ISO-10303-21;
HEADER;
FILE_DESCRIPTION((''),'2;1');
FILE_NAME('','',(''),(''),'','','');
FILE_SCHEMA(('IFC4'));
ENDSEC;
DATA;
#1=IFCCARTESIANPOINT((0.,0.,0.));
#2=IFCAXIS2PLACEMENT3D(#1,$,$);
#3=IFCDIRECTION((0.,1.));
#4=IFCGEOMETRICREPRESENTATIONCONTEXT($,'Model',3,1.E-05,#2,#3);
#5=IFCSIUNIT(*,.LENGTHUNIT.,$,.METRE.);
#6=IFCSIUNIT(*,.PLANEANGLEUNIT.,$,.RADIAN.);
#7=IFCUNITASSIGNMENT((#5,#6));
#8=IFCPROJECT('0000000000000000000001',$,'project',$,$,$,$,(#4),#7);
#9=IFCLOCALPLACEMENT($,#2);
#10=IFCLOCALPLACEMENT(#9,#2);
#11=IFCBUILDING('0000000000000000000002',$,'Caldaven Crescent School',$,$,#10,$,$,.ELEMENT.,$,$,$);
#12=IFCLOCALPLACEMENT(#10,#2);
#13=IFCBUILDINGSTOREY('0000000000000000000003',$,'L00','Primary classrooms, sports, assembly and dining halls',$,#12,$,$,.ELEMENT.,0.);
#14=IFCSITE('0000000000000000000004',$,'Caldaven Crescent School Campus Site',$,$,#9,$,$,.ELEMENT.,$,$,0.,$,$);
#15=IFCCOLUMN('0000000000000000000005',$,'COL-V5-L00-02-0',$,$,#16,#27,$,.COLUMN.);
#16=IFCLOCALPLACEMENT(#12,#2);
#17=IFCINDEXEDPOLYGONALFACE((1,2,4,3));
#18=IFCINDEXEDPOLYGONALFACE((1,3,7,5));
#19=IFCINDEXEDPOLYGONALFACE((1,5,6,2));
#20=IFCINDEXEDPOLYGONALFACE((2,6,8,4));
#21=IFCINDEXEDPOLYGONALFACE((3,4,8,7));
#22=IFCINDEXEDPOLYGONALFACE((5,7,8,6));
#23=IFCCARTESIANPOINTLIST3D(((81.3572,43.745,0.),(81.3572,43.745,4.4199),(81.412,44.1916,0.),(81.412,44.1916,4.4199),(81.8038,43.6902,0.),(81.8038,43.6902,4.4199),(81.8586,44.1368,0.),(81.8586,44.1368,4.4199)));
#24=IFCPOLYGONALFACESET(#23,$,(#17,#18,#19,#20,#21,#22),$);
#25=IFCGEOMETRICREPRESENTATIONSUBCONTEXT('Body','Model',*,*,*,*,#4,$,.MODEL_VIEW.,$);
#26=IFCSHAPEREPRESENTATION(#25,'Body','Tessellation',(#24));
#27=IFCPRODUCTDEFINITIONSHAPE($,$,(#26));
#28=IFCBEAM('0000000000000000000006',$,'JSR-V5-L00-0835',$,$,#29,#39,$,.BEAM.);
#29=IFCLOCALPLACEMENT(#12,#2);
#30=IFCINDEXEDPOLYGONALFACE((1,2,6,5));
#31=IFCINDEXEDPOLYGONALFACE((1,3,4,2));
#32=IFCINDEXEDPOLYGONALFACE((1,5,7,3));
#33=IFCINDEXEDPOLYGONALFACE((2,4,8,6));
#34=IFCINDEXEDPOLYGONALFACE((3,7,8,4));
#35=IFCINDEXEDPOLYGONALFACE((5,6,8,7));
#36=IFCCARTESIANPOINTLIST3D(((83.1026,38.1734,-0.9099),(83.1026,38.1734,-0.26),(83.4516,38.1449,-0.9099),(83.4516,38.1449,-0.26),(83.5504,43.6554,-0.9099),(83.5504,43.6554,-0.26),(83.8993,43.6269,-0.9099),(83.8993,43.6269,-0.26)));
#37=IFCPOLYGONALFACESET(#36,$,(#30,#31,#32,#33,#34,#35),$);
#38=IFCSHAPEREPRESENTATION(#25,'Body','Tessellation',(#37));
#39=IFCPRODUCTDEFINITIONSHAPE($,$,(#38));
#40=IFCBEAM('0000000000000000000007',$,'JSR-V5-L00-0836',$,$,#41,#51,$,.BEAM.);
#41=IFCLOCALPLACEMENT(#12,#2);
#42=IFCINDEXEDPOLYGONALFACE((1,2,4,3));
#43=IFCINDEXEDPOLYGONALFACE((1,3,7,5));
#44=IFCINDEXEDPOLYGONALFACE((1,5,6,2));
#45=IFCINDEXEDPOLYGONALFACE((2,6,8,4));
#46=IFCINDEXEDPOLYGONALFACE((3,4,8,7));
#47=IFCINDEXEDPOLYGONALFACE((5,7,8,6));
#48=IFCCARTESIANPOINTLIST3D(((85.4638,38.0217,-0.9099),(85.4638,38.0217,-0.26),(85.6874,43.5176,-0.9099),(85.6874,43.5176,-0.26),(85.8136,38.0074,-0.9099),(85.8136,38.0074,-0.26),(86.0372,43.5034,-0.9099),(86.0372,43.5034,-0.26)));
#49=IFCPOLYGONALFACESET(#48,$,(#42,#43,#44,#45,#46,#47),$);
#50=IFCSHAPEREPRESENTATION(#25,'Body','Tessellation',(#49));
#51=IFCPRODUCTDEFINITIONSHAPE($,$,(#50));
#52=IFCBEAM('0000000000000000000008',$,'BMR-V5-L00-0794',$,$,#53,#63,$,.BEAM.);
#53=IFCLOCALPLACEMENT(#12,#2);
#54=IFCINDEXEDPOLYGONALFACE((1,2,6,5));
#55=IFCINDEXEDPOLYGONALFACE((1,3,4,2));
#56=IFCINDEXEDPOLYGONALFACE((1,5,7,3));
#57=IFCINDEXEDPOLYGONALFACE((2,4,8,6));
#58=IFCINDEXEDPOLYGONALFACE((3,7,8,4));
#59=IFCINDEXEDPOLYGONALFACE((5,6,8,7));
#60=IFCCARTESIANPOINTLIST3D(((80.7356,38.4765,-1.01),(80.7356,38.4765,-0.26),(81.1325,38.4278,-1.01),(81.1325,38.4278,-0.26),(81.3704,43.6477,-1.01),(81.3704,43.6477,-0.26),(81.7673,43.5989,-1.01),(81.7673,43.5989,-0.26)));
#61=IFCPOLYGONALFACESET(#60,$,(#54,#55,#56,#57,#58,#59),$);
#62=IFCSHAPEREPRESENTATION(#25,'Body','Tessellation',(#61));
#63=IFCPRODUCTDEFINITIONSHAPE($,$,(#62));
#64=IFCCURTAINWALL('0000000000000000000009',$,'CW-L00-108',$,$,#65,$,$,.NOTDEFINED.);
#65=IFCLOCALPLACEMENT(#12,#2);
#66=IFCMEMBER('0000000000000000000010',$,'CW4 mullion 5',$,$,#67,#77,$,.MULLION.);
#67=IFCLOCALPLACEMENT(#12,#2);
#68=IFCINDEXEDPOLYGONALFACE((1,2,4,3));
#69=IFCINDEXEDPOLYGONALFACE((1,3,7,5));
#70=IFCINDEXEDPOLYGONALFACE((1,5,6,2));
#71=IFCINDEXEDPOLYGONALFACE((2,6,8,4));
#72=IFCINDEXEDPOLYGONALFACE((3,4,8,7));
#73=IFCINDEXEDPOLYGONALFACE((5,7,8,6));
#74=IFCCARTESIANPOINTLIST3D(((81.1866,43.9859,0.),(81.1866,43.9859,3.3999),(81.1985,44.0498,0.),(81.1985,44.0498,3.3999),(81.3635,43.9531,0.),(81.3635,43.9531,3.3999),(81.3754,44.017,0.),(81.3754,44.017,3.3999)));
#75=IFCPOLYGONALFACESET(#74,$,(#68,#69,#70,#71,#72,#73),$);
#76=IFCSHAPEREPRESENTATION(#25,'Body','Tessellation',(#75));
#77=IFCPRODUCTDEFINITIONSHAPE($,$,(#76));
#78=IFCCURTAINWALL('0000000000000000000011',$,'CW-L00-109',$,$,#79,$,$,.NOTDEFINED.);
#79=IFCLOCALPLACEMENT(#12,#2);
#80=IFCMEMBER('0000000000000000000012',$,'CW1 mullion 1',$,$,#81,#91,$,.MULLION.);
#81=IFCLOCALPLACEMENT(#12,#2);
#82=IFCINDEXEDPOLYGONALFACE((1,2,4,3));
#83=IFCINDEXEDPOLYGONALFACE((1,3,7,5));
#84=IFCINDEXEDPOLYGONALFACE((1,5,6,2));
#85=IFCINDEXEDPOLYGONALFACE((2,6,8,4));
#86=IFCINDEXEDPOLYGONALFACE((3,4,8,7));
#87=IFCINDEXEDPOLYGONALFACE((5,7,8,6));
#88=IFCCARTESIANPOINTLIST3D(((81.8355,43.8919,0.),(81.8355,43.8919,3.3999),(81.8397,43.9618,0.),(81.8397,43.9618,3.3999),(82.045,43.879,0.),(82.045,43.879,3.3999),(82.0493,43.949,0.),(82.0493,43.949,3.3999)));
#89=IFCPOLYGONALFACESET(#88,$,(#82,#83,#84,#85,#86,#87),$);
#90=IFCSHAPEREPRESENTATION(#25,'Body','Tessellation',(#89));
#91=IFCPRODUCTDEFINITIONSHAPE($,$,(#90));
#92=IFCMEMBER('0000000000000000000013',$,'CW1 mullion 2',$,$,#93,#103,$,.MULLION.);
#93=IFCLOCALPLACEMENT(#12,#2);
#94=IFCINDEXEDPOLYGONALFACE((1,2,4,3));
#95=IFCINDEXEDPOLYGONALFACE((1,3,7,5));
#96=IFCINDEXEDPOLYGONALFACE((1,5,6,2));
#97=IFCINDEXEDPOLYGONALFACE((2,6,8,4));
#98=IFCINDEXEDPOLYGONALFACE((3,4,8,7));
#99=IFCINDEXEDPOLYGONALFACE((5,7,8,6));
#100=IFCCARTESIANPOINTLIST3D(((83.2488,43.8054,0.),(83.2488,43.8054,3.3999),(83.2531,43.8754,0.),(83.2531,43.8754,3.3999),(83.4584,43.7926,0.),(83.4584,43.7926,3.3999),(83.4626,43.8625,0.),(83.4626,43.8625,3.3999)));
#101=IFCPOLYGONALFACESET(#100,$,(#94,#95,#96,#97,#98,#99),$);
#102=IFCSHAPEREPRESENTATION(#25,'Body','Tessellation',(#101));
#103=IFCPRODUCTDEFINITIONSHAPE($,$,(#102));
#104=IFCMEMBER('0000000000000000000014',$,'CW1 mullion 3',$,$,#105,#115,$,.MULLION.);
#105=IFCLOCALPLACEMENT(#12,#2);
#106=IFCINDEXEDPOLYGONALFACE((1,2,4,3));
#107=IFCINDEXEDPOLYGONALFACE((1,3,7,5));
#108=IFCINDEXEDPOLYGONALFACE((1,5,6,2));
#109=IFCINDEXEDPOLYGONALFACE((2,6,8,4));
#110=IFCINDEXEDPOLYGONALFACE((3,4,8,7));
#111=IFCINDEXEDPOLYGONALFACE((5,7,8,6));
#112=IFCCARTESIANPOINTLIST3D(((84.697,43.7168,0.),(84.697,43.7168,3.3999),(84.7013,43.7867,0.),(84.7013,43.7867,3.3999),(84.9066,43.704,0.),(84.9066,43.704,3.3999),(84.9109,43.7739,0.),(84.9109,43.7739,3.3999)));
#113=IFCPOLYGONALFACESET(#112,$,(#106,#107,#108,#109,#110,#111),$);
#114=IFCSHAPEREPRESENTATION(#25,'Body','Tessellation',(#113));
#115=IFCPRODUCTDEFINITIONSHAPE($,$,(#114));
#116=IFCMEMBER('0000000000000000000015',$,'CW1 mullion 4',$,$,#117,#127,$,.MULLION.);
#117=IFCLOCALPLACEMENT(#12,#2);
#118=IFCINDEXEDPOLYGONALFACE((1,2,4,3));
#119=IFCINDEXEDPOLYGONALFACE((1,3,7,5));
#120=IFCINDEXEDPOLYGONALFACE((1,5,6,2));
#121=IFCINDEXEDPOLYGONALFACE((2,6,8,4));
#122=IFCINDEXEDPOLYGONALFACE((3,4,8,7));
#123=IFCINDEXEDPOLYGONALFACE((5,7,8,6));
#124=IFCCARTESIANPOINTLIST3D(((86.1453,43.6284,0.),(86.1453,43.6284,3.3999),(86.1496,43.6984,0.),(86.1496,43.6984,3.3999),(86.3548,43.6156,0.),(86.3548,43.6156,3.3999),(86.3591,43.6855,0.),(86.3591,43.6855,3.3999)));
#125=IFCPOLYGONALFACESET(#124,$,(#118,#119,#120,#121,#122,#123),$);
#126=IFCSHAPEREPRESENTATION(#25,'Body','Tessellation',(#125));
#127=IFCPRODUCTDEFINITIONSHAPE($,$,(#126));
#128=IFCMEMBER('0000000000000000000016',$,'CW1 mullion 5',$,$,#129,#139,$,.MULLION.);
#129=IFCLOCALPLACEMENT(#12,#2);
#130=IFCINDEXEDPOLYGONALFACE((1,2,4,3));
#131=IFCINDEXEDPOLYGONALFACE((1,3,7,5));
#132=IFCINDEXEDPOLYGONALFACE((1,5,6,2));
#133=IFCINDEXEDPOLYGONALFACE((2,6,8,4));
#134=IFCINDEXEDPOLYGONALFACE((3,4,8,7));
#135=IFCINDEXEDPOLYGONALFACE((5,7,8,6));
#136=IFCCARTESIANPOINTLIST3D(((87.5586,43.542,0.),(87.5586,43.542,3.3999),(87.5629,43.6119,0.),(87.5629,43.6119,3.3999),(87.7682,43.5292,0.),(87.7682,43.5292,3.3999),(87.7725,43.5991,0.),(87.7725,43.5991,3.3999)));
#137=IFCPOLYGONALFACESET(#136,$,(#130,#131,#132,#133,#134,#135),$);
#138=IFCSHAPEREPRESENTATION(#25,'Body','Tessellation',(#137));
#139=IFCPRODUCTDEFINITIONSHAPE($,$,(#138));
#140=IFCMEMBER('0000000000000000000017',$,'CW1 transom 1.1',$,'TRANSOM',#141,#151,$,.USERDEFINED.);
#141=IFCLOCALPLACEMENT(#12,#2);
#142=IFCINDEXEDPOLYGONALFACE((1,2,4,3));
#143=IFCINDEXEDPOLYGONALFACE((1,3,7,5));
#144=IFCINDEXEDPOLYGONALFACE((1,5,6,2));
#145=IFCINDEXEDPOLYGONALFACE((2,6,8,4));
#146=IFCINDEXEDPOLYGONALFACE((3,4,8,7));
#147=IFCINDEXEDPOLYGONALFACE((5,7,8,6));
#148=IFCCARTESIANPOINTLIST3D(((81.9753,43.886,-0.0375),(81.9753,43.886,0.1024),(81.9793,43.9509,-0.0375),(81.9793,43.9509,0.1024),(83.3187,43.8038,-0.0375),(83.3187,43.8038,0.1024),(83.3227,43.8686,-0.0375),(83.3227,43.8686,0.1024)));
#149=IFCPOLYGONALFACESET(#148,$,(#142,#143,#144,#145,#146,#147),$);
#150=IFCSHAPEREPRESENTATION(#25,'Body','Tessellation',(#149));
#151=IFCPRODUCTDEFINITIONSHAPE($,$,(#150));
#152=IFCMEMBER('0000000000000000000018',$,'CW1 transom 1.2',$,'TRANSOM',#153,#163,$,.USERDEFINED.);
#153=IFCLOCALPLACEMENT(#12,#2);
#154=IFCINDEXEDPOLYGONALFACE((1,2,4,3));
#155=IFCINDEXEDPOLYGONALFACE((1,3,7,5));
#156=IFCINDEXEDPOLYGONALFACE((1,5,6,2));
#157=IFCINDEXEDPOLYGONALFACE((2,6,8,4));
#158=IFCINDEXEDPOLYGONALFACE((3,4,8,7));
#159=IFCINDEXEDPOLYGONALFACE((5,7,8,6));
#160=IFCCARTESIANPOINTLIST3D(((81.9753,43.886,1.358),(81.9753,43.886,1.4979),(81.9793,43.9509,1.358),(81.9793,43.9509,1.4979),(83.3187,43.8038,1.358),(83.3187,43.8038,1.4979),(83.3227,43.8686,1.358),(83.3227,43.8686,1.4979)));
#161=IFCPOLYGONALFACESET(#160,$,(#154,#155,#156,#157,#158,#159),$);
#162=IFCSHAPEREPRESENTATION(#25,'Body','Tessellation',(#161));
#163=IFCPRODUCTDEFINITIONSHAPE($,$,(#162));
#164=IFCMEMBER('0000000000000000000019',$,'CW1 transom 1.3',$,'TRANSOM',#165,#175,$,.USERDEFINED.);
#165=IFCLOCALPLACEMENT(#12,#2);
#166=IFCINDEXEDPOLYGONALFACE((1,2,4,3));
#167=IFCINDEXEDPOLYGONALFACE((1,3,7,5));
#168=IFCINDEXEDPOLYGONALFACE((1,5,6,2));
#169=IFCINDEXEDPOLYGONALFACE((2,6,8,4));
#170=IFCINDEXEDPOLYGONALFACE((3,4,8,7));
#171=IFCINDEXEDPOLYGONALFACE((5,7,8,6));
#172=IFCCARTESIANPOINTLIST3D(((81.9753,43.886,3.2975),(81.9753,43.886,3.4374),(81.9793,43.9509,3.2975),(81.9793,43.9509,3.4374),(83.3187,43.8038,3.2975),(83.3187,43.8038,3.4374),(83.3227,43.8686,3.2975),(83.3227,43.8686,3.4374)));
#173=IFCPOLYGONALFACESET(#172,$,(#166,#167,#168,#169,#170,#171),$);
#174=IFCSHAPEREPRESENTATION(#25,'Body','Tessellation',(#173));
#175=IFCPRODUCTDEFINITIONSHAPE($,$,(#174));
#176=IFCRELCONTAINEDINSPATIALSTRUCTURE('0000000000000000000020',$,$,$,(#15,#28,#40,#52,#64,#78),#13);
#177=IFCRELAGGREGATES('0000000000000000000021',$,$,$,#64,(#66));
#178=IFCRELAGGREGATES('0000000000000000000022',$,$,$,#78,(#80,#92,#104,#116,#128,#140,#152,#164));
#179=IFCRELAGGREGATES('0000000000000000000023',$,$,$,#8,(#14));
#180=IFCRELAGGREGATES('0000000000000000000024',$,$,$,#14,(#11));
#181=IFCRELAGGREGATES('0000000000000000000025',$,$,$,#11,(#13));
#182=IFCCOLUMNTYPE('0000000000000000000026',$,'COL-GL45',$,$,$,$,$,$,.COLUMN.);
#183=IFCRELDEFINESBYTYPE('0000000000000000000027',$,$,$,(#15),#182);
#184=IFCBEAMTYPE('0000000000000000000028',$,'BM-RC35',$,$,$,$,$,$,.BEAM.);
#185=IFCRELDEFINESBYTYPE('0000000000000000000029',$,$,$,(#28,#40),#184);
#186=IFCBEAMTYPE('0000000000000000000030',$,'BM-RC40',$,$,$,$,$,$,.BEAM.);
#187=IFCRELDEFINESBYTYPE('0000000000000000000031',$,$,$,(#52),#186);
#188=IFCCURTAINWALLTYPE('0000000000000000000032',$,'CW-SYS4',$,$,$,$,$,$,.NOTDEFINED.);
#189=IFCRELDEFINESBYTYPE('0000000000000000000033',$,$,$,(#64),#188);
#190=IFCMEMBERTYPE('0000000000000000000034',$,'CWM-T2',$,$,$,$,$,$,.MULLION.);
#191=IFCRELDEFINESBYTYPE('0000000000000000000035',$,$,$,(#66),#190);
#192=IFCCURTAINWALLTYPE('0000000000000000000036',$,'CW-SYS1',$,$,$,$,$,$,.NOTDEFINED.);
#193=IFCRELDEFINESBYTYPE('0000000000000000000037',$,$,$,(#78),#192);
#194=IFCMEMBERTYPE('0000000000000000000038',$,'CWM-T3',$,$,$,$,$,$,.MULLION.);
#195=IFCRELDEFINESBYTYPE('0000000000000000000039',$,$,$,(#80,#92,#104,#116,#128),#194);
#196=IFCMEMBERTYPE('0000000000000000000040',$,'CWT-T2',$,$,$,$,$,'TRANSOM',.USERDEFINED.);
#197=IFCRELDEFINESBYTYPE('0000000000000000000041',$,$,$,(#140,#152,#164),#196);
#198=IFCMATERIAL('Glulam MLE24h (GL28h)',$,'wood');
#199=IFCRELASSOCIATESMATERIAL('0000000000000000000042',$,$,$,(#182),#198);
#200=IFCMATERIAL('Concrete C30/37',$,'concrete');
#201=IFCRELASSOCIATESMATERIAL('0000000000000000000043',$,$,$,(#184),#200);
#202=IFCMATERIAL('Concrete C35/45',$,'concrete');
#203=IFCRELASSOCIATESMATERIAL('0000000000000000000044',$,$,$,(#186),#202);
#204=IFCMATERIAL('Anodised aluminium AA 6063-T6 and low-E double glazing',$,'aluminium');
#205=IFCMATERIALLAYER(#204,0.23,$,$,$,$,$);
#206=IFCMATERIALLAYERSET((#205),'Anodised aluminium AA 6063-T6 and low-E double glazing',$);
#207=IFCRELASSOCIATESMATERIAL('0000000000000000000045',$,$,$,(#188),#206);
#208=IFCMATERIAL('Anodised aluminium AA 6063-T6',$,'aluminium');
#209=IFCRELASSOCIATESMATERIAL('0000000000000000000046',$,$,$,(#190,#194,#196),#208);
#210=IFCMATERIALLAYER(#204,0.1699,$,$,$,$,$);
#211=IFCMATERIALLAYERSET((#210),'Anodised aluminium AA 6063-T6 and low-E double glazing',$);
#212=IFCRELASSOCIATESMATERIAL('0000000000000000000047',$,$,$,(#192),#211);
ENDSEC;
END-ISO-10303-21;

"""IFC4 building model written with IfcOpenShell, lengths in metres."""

from ifc_helpers import new_model, si_unit, direction, frame, origin, origin_2d, place, context, subcontext, project, spatial, rectangle, extrude, material, layer, layer_set, material_profile, profile_set, type_object, element, aggregate, save


model = new_model("IFC4")

# Units and contexts
model_context = context("Model", 3, precision=1e-05, world=origin(), true_north=direction((0.0, 1.0)))
body_context = subcontext(model_context, "Body", "Model", "MODEL_VIEW")
ifc_project = project(units=[si_unit("LENGTHUNIT", "METRE"), si_unit("PLANEANGLEUNIT", "RADIAN")], contexts=[model_context])

# Site, building, storey
site_placement = place(None, origin())
site = spatial("IfcSite", under=ifc_project, at=site_placement, Name="Caldaven Crescent School Campus Site", CompositionType="ELEMENT", RefElevation=0.0)
building_placement = place(site_placement, origin())
building = spatial("IfcBuilding", under=site, at=building_placement, Name="Caldaven Crescent School", CompositionType="ELEMENT")
storey_placement = place(building_placement, origin())
storey = spatial("IfcBuildingStorey", under=building, at=storey_placement, Name="L00", Description="Primary classrooms, sports, assembly and dining halls", CompositionType="ELEMENT", Elevation=0.0)

# Column
ifc_material_1 = material(Name="Glulam MLE24h (GL28h)", Category="wood")
ifc_material_profile_1 = material_profile(ifc_material_1, rectangle(XDim=0.45, YDim=0.45, at=origin_2d()), Name="MLE 450x450")
ifc_profile_set_1 = profile_set([ifc_material_profile_1], Name="Glulam MLE24h (GL28h)")
column_type = type_object("IfcColumnType", Name="COL-GL45", PredefinedType="COLUMN", material=ifc_profile_set_1)
column_placement = place(storey_placement, frame((81.6079, 43.9409, 0.0), z_axis=(0.0, 0.0, 1.0), x_axis=(-0.121869, -0.992546, 0.0)))
element("IfcColumn", 1, at=column_placement, inside=storey, type_object=column_type, Name="COL-V5-L00-02-0", PredefinedType="COLUMN", context=body_context, shape_type="SweptSolid", body=[
    extrude(rectangle(XDim=0.45, YDim=0.45, at=origin_2d()), origin(), (0.0, 0.0, 1.0), 4.4199),
])

# Beams
ifc_material_2 = material(Name="Concrete C30/37", Category="concrete")
ifc_material_profile_2 = material_profile(ifc_material_2, rectangle(XDim=0.3501, YDim=0.6499, at=origin_2d()), Name="RC 350x650")
ifc_profile_set_2 = profile_set([ifc_material_profile_2], Name="Concrete C30/37")
beam_type_1 = type_object("IfcBeamType", Name="BM-RC35", PredefinedType="BEAM", material=ifc_profile_set_2)
beam_1_placement = place(storey_placement, frame((83.7249, 43.6411, -0.585), z_axis=(-0.081407, -0.996681, 0.0), x_axis=(0.996681, -0.081407, 0.0)))
element("IfcBeam", 2, at=beam_1_placement, inside=storey, type_object=beam_type_1, Name="JSR-V5-L00-0835", PredefinedType="BEAM", context=body_context, shape_type="SweptSolid", body=[
    extrude(rectangle(XDim=0.3501, YDim=0.6499, at=origin_2d()), origin(), (0.0, 0.0, 1.0), 5.5002),
])
beam_2_placement = place(storey_placement, frame((85.8623, 43.5105, -0.585), z_axis=(-0.040658, -0.999173, 0.0), x_axis=(0.999173, -0.040658, 0.0)))
element("IfcBeam", 3, at=beam_2_placement, inside=storey, type_object=beam_type_1, Name="JSR-V5-L00-0836", PredefinedType="BEAM", context=body_context, shape_type="SweptSolid", body=[
    extrude(rectangle(XDim=0.3501, YDim=0.6499, at=origin_2d()), origin(), (0.0, 0.0, 1.0), 5.5005),
])
ifc_material_3 = material(Name="Concrete C35/45", Category="concrete")
ifc_material_profile_3 = material_profile(ifc_material_3, rectangle(XDim=0.3999, YDim=0.75, at=origin_2d()), Name="RC 400x750")
ifc_profile_set_3 = profile_set([ifc_material_profile_3], Name="Concrete C35/45")
beam_type_2 = type_object("IfcBeamType", Name="BM-RC40", PredefinedType="BEAM", material=ifc_profile_set_3)
beam_3_placement = place(storey_placement, frame((81.5688, 43.6233, -0.635), z_axis=(-0.121837, -0.99255, 0.0), x_axis=(0.99255, -0.121837, 0.0)))
element("IfcBeam", 4, at=beam_3_placement, inside=storey, type_object=beam_type_2, Name="BMR-V5-L00-0794", PredefinedType="BEAM", context=body_context, shape_type="SweptSolid", body=[
    extrude(rectangle(XDim=0.3999, YDim=0.75, at=origin_2d()), origin(), (0.0, 0.0, 1.0), 5.21),
])

# Curtain wall, member
ifc_material_4 = material(Name="Anodised aluminium AA 6063-T6 and low-E double glazing", Category="aluminium")
ifc_layer_1 = layer(ifc_material_4, 0.23)
ifc_layer_set_1 = layer_set([ifc_layer_1], Name="Anodised aluminium AA 6063-T6 and low-E double glazing")
curtain_wall_type_1 = type_object("IfcCurtainWallType", Name="CW-SYS4", PredefinedType="NOTDEFINED", material=ifc_layer_set_1)
curtain_wall_1_placement = place(storey_placement, origin())
curtain_wall_1 = element("IfcCurtainWall", 5, at=curtain_wall_1_placement, inside=storey, type_object=curtain_wall_type_1, Name="CW-L00-108", PredefinedType="NOTDEFINED")
ifc_material_5 = material(Name="Anodised aluminium AA 6063-T6", Category="aluminium")
ifc_material_profile_4 = material_profile(ifc_material_5, rectangle(XDim=0.0649, YDim=0.1799, at=origin_2d()), Name="CWM 65x180")
ifc_profile_set_4 = profile_set([ifc_material_profile_4], Name="Anodised aluminium AA 6063-T6")
member_type_1 = type_object("IfcMemberType", Name="CWM-T2", PredefinedType="MULLION", material=ifc_profile_set_4)
member_1_placement = place(storey_placement, frame((81.281, 44.0015, 0.0), z_axis=(0.0, 0.0, 1.0), x_axis=(0.182236, 0.983255, 0.0)))
member_1 = element("IfcMember", 6, at=member_1_placement, type_object=member_type_1, Name="CW4 mullion 5", PredefinedType="MULLION", context=body_context, shape_type="SweptSolid", body=[
    extrude(rectangle(XDim=0.0649, YDim=0.1799, at=origin_2d()), origin(), (0.0, 0.0, 1.0), 3.3999),
])

# Curtain wall, members
ifc_layer_2 = layer(ifc_material_4, 0.1699)
ifc_layer_set_2 = layer_set([ifc_layer_2], Name="Anodised aluminium AA 6063-T6 and low-E double glazing")
curtain_wall_type_2 = type_object("IfcCurtainWallType", Name="CW-SYS1", PredefinedType="NOTDEFINED", material=ifc_layer_set_2)
curtain_wall_2_placement = place(storey_placement, origin())
curtain_wall_2 = element("IfcCurtainWall", 7, at=curtain_wall_2_placement, inside=storey, type_object=curtain_wall_type_2, Name="CW-L00-109", PredefinedType="NOTDEFINED")
ifc_material_profile_5 = material_profile(ifc_material_5, rectangle(XDim=0.0701, YDim=0.21, at=origin_2d()), Name="CWM 70x210")
ifc_profile_set_5 = profile_set([ifc_material_profile_5], Name="Anodised aluminium AA 6063-T6")
member_type_2 = type_object("IfcMemberType", Name="CWM-T3", PredefinedType="MULLION", material=ifc_profile_set_5)
member_2_placement = place(storey_placement, frame((81.9424, 43.9204, 0.0), z_axis=(0.0, 0.0, 1.0), x_axis=(0.061049, 0.998135, 0.0)))
member_2 = element("IfcMember", 8, at=member_2_placement, type_object=member_type_2, Name="CW1 mullion 1", PredefinedType="MULLION", context=body_context, shape_type="SweptSolid", body=[
    extrude(rectangle(XDim=0.0701, YDim=0.21, at=origin_2d()), origin(), (0.0, 0.0, 1.0), 3.3999),
])
member_3_placement = place(storey_placement, frame((83.3557, 43.834, 0.0), z_axis=(0.0, 0.0, 1.0), x_axis=(0.061049, 0.998135, 0.0)))
member_3 = element("IfcMember", 9, at=member_3_placement, type_object=member_type_2, Name="CW1 mullion 2", PredefinedType="MULLION", context=body_context, shape_type="SweptSolid", body=[
    extrude(rectangle(XDim=0.0701, YDim=0.21, at=origin_2d()), origin(), (0.0, 0.0, 1.0), 3.3999),
])
member_4_placement = place(storey_placement, frame((84.804, 43.7454, 0.0), z_axis=(0.0, 0.0, 1.0), x_axis=(0.061049, 0.998135, 0.0)))
member_4 = element("IfcMember", 10, at=member_4_placement, type_object=member_type_2, Name="CW1 mullion 3", PredefinedType="MULLION", context=body_context, shape_type="SweptSolid", body=[
    extrude(rectangle(XDim=0.0701, YDim=0.21, at=origin_2d()), origin(), (0.0, 0.0, 1.0), 3.3999),
])
member_5_placement = place(storey_placement, frame((86.2522, 43.657, 0.0), z_axis=(0.0, 0.0, 1.0), x_axis=(0.061049, 0.998135, 0.0)))
member_5 = element("IfcMember", 11, at=member_5_placement, type_object=member_type_2, Name="CW1 mullion 4", PredefinedType="MULLION", context=body_context, shape_type="SweptSolid", body=[
    extrude(rectangle(XDim=0.0701, YDim=0.21, at=origin_2d()), origin(), (0.0, 0.0, 1.0), 3.3999),
])
member_6_placement = place(storey_placement, frame((87.6655, 43.5706, 0.0), z_axis=(0.0, 0.0, 1.0), x_axis=(0.061049, 0.998135, 0.0)))
member_6 = element("IfcMember", 12, at=member_6_placement, type_object=member_type_2, Name="CW1 mullion 5", PredefinedType="MULLION", context=body_context, shape_type="SweptSolid", body=[
    extrude(rectangle(XDim=0.0701, YDim=0.21, at=origin_2d()), origin(), (0.0, 0.0, 1.0), 3.3999),
])
ifc_material_profile_6 = material_profile(ifc_material_5, rectangle(XDim=0.0649, YDim=0.1399, at=origin_2d()), Name="CWT 65x140")
ifc_profile_set_6 = profile_set([ifc_material_profile_6], Name="Anodised aluminium AA 6063-T6")
member_type_3 = type_object("IfcMemberType", Name="CWT-T2", ElementType="TRANSOM", PredefinedType="USERDEFINED", material=ifc_profile_set_6)
member_7_placement = place(storey_placement, frame((81.9773, 43.9185, 0.0325), z_axis=(0.99813, -0.061125, 0.0), x_axis=(0.061125, 0.99813, 0.0)))
member_7 = element("IfcMember", 13, at=member_7_placement, type_object=member_type_3, Name="CW1 transom 1.1", ObjectType="TRANSOM", PredefinedType="USERDEFINED", context=body_context, shape_type="SweptSolid", body=[
    extrude(rectangle(XDim=0.0649, YDim=0.1399, at=origin_2d()), origin(), (0.0, 0.0, 1.0), 1.3459),
])
member_8_placement = place(storey_placement, frame((81.9773, 43.9185, 1.428), z_axis=(0.99813, -0.061125, 0.0), x_axis=(0.061125, 0.99813, 0.0)))
member_8 = element("IfcMember", 14, at=member_8_placement, type_object=member_type_3, Name="CW1 transom 1.2", ObjectType="TRANSOM", PredefinedType="USERDEFINED", context=body_context, shape_type="SweptSolid", body=[
    extrude(rectangle(XDim=0.0649, YDim=0.1399, at=origin_2d()), origin(), (0.0, 0.0, 1.0), 1.3459),
])
member_9_placement = place(storey_placement, frame((81.9773, 43.9185, 3.3674), z_axis=(0.99813, -0.061125, 0.0), x_axis=(0.061125, 0.99813, 0.0)))
member_9 = element("IfcMember", 15, at=member_9_placement, type_object=member_type_3, Name="CW1 transom 1.3", ObjectType="TRANSOM", PredefinedType="USERDEFINED", context=body_context, shape_type="SweptSolid", body=[
    extrude(rectangle(XDim=0.0649, YDim=0.1399, at=origin_2d()), origin(), (0.0, 0.0, 1.0), 1.3459),
])

aggregate(curtain_wall_1, [member_1])
aggregate(curtain_wall_2, [member_2, member_3, member_4, member_5, member_6, member_7, member_8, member_9])

save(model, "model.ifc")
